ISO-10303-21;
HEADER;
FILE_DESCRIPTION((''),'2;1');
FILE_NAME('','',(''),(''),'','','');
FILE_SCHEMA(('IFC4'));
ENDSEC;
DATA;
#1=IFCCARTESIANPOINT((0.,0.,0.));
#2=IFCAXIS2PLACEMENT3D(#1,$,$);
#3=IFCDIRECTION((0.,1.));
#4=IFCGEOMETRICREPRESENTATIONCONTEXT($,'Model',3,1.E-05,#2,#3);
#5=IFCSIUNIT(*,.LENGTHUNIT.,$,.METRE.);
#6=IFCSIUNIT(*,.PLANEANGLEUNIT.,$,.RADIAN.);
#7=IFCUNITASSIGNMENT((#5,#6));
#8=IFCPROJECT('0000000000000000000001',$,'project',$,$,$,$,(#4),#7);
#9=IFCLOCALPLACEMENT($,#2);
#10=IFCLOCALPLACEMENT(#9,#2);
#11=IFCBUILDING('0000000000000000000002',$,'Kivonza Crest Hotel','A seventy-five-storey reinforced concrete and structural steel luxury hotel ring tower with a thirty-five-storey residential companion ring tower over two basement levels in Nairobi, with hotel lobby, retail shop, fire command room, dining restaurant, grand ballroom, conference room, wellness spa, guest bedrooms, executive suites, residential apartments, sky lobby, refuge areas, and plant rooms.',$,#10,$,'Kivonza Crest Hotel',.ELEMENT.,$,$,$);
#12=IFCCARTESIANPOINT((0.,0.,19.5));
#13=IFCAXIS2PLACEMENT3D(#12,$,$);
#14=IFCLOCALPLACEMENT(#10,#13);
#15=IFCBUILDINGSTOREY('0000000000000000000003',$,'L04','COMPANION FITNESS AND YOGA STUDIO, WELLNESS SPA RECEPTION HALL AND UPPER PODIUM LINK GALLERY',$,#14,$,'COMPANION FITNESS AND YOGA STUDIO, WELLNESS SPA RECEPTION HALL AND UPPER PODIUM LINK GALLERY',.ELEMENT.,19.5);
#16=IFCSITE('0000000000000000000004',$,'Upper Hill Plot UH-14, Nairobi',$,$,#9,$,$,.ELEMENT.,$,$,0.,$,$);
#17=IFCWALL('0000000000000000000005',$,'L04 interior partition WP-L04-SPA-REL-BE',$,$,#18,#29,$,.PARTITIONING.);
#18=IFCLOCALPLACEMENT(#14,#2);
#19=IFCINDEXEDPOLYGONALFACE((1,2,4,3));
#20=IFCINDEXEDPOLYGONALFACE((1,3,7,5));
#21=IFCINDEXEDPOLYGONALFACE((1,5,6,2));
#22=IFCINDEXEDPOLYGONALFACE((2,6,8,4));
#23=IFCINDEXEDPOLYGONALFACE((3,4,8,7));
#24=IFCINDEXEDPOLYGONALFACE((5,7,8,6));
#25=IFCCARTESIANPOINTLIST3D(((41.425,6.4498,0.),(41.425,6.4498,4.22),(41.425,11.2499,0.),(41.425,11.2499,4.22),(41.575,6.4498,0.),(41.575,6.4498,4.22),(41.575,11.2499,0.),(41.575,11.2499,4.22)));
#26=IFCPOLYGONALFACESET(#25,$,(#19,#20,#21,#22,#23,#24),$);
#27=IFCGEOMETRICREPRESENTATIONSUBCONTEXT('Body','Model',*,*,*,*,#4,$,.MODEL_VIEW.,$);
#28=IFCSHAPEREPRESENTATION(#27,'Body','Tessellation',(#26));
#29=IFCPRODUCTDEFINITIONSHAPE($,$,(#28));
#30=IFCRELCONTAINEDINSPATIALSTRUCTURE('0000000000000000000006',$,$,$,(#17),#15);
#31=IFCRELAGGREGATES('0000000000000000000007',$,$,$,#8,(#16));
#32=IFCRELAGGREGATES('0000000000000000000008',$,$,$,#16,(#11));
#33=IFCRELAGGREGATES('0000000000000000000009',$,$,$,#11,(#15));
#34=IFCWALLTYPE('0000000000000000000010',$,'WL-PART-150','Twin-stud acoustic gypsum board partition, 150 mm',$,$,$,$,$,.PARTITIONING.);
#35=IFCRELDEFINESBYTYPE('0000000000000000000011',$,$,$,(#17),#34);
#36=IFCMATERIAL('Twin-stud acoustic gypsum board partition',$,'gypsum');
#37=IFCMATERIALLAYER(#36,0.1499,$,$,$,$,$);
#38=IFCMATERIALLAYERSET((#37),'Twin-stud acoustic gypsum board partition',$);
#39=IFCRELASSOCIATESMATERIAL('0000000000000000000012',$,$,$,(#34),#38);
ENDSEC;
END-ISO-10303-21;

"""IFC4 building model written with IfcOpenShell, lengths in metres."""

from ifc_helpers import new_model, si_unit, direction, frame, frame_2d, origin, place, context, subcontext, project, spatial, rectangle, extrude, material, layer, layer_set, type_object, element, save


model = new_model("IFC4")

# Units and contexts
model_context = context("Model", 3, precision=1e-05, world=origin(), true_north=direction((0.0, 1.0)))
body_context = subcontext(model_context, "Body", "Model", "MODEL_VIEW")
ifc_project = project(units=[si_unit("LENGTHUNIT", "METRE"), si_unit("PLANEANGLEUNIT", "RADIAN")], contexts=[model_context])

# Site, building, storey
site_placement = place(None, origin())
site = spatial("IfcSite", under=ifc_project, at=site_placement, Name="Upper Hill Plot UH-14, Nairobi", CompositionType="ELEMENT", RefElevation=0.0)
building_placement = place(site_placement, origin())
building = spatial("IfcBuilding", under=site, at=building_placement, Name="Kivonza Crest Hotel", Description="A seventy-five-storey reinforced concrete and structural steel luxury hotel ring tower with a thirty-five-storey residential companion ring tower over two basement levels in Nairobi, with hotel lobby, retail shop, fire command room, dining restaurant, grand ballroom, conference room, wellness spa, guest bedrooms, executive suites, residential apartments, sky lobby, refuge areas, and plant rooms.", LongName="Kivonza Crest Hotel", CompositionType="ELEMENT")
storey_placement = place(building_placement, frame((0.0, 0.0, 19.5)))
storey = spatial("IfcBuildingStorey", under=building, at=storey_placement, Name="L04", Description="COMPANION FITNESS AND YOGA STUDIO, WELLNESS SPA RECEPTION HALL AND UPPER PODIUM LINK GALLERY", LongName="COMPANION FITNESS AND YOGA STUDIO, WELLNESS SPA RECEPTION HALL AND UPPER PODIUM LINK GALLERY", CompositionType="ELEMENT", Elevation=19.5)

# Wall
ifc_material_1 = material(Name="Twin-stud acoustic gypsum board partition", Category="gypsum")
ifc_layer_1 = layer(ifc_material_1, 0.1499)
ifc_layer_set_1 = layer_set([ifc_layer_1], Name="Twin-stud acoustic gypsum board partition")
wall_type_1 = type_object("IfcWallType", Name="WL-PART-150", Description="Twin-stud acoustic gypsum board partition, 150 mm", PredefinedType="PARTITIONING", material=ifc_layer_set_1)
wall_1_placement = place(storey_placement, frame((41.5, 6.45, 0.0), z_axis=(0.0, 0.0, 1.0), x_axis=(0.0, 1.0, 0.0)))
element("IfcWall", 1, at=wall_1_placement, inside=storey, type_object=wall_type_1, Name="L04 interior partition WP-L04-SPA-REL-BE", PredefinedType="PARTITIONING", context=body_context, shape_type="SweptSolid", body=[
    extrude(rectangle(XDim=4.8, YDim=0.1499, at=frame_2d((2.3999, 0.0))), origin(), (0.0, 0.0, 1.0), 4.22),
])

save(model, "model.ifc")
